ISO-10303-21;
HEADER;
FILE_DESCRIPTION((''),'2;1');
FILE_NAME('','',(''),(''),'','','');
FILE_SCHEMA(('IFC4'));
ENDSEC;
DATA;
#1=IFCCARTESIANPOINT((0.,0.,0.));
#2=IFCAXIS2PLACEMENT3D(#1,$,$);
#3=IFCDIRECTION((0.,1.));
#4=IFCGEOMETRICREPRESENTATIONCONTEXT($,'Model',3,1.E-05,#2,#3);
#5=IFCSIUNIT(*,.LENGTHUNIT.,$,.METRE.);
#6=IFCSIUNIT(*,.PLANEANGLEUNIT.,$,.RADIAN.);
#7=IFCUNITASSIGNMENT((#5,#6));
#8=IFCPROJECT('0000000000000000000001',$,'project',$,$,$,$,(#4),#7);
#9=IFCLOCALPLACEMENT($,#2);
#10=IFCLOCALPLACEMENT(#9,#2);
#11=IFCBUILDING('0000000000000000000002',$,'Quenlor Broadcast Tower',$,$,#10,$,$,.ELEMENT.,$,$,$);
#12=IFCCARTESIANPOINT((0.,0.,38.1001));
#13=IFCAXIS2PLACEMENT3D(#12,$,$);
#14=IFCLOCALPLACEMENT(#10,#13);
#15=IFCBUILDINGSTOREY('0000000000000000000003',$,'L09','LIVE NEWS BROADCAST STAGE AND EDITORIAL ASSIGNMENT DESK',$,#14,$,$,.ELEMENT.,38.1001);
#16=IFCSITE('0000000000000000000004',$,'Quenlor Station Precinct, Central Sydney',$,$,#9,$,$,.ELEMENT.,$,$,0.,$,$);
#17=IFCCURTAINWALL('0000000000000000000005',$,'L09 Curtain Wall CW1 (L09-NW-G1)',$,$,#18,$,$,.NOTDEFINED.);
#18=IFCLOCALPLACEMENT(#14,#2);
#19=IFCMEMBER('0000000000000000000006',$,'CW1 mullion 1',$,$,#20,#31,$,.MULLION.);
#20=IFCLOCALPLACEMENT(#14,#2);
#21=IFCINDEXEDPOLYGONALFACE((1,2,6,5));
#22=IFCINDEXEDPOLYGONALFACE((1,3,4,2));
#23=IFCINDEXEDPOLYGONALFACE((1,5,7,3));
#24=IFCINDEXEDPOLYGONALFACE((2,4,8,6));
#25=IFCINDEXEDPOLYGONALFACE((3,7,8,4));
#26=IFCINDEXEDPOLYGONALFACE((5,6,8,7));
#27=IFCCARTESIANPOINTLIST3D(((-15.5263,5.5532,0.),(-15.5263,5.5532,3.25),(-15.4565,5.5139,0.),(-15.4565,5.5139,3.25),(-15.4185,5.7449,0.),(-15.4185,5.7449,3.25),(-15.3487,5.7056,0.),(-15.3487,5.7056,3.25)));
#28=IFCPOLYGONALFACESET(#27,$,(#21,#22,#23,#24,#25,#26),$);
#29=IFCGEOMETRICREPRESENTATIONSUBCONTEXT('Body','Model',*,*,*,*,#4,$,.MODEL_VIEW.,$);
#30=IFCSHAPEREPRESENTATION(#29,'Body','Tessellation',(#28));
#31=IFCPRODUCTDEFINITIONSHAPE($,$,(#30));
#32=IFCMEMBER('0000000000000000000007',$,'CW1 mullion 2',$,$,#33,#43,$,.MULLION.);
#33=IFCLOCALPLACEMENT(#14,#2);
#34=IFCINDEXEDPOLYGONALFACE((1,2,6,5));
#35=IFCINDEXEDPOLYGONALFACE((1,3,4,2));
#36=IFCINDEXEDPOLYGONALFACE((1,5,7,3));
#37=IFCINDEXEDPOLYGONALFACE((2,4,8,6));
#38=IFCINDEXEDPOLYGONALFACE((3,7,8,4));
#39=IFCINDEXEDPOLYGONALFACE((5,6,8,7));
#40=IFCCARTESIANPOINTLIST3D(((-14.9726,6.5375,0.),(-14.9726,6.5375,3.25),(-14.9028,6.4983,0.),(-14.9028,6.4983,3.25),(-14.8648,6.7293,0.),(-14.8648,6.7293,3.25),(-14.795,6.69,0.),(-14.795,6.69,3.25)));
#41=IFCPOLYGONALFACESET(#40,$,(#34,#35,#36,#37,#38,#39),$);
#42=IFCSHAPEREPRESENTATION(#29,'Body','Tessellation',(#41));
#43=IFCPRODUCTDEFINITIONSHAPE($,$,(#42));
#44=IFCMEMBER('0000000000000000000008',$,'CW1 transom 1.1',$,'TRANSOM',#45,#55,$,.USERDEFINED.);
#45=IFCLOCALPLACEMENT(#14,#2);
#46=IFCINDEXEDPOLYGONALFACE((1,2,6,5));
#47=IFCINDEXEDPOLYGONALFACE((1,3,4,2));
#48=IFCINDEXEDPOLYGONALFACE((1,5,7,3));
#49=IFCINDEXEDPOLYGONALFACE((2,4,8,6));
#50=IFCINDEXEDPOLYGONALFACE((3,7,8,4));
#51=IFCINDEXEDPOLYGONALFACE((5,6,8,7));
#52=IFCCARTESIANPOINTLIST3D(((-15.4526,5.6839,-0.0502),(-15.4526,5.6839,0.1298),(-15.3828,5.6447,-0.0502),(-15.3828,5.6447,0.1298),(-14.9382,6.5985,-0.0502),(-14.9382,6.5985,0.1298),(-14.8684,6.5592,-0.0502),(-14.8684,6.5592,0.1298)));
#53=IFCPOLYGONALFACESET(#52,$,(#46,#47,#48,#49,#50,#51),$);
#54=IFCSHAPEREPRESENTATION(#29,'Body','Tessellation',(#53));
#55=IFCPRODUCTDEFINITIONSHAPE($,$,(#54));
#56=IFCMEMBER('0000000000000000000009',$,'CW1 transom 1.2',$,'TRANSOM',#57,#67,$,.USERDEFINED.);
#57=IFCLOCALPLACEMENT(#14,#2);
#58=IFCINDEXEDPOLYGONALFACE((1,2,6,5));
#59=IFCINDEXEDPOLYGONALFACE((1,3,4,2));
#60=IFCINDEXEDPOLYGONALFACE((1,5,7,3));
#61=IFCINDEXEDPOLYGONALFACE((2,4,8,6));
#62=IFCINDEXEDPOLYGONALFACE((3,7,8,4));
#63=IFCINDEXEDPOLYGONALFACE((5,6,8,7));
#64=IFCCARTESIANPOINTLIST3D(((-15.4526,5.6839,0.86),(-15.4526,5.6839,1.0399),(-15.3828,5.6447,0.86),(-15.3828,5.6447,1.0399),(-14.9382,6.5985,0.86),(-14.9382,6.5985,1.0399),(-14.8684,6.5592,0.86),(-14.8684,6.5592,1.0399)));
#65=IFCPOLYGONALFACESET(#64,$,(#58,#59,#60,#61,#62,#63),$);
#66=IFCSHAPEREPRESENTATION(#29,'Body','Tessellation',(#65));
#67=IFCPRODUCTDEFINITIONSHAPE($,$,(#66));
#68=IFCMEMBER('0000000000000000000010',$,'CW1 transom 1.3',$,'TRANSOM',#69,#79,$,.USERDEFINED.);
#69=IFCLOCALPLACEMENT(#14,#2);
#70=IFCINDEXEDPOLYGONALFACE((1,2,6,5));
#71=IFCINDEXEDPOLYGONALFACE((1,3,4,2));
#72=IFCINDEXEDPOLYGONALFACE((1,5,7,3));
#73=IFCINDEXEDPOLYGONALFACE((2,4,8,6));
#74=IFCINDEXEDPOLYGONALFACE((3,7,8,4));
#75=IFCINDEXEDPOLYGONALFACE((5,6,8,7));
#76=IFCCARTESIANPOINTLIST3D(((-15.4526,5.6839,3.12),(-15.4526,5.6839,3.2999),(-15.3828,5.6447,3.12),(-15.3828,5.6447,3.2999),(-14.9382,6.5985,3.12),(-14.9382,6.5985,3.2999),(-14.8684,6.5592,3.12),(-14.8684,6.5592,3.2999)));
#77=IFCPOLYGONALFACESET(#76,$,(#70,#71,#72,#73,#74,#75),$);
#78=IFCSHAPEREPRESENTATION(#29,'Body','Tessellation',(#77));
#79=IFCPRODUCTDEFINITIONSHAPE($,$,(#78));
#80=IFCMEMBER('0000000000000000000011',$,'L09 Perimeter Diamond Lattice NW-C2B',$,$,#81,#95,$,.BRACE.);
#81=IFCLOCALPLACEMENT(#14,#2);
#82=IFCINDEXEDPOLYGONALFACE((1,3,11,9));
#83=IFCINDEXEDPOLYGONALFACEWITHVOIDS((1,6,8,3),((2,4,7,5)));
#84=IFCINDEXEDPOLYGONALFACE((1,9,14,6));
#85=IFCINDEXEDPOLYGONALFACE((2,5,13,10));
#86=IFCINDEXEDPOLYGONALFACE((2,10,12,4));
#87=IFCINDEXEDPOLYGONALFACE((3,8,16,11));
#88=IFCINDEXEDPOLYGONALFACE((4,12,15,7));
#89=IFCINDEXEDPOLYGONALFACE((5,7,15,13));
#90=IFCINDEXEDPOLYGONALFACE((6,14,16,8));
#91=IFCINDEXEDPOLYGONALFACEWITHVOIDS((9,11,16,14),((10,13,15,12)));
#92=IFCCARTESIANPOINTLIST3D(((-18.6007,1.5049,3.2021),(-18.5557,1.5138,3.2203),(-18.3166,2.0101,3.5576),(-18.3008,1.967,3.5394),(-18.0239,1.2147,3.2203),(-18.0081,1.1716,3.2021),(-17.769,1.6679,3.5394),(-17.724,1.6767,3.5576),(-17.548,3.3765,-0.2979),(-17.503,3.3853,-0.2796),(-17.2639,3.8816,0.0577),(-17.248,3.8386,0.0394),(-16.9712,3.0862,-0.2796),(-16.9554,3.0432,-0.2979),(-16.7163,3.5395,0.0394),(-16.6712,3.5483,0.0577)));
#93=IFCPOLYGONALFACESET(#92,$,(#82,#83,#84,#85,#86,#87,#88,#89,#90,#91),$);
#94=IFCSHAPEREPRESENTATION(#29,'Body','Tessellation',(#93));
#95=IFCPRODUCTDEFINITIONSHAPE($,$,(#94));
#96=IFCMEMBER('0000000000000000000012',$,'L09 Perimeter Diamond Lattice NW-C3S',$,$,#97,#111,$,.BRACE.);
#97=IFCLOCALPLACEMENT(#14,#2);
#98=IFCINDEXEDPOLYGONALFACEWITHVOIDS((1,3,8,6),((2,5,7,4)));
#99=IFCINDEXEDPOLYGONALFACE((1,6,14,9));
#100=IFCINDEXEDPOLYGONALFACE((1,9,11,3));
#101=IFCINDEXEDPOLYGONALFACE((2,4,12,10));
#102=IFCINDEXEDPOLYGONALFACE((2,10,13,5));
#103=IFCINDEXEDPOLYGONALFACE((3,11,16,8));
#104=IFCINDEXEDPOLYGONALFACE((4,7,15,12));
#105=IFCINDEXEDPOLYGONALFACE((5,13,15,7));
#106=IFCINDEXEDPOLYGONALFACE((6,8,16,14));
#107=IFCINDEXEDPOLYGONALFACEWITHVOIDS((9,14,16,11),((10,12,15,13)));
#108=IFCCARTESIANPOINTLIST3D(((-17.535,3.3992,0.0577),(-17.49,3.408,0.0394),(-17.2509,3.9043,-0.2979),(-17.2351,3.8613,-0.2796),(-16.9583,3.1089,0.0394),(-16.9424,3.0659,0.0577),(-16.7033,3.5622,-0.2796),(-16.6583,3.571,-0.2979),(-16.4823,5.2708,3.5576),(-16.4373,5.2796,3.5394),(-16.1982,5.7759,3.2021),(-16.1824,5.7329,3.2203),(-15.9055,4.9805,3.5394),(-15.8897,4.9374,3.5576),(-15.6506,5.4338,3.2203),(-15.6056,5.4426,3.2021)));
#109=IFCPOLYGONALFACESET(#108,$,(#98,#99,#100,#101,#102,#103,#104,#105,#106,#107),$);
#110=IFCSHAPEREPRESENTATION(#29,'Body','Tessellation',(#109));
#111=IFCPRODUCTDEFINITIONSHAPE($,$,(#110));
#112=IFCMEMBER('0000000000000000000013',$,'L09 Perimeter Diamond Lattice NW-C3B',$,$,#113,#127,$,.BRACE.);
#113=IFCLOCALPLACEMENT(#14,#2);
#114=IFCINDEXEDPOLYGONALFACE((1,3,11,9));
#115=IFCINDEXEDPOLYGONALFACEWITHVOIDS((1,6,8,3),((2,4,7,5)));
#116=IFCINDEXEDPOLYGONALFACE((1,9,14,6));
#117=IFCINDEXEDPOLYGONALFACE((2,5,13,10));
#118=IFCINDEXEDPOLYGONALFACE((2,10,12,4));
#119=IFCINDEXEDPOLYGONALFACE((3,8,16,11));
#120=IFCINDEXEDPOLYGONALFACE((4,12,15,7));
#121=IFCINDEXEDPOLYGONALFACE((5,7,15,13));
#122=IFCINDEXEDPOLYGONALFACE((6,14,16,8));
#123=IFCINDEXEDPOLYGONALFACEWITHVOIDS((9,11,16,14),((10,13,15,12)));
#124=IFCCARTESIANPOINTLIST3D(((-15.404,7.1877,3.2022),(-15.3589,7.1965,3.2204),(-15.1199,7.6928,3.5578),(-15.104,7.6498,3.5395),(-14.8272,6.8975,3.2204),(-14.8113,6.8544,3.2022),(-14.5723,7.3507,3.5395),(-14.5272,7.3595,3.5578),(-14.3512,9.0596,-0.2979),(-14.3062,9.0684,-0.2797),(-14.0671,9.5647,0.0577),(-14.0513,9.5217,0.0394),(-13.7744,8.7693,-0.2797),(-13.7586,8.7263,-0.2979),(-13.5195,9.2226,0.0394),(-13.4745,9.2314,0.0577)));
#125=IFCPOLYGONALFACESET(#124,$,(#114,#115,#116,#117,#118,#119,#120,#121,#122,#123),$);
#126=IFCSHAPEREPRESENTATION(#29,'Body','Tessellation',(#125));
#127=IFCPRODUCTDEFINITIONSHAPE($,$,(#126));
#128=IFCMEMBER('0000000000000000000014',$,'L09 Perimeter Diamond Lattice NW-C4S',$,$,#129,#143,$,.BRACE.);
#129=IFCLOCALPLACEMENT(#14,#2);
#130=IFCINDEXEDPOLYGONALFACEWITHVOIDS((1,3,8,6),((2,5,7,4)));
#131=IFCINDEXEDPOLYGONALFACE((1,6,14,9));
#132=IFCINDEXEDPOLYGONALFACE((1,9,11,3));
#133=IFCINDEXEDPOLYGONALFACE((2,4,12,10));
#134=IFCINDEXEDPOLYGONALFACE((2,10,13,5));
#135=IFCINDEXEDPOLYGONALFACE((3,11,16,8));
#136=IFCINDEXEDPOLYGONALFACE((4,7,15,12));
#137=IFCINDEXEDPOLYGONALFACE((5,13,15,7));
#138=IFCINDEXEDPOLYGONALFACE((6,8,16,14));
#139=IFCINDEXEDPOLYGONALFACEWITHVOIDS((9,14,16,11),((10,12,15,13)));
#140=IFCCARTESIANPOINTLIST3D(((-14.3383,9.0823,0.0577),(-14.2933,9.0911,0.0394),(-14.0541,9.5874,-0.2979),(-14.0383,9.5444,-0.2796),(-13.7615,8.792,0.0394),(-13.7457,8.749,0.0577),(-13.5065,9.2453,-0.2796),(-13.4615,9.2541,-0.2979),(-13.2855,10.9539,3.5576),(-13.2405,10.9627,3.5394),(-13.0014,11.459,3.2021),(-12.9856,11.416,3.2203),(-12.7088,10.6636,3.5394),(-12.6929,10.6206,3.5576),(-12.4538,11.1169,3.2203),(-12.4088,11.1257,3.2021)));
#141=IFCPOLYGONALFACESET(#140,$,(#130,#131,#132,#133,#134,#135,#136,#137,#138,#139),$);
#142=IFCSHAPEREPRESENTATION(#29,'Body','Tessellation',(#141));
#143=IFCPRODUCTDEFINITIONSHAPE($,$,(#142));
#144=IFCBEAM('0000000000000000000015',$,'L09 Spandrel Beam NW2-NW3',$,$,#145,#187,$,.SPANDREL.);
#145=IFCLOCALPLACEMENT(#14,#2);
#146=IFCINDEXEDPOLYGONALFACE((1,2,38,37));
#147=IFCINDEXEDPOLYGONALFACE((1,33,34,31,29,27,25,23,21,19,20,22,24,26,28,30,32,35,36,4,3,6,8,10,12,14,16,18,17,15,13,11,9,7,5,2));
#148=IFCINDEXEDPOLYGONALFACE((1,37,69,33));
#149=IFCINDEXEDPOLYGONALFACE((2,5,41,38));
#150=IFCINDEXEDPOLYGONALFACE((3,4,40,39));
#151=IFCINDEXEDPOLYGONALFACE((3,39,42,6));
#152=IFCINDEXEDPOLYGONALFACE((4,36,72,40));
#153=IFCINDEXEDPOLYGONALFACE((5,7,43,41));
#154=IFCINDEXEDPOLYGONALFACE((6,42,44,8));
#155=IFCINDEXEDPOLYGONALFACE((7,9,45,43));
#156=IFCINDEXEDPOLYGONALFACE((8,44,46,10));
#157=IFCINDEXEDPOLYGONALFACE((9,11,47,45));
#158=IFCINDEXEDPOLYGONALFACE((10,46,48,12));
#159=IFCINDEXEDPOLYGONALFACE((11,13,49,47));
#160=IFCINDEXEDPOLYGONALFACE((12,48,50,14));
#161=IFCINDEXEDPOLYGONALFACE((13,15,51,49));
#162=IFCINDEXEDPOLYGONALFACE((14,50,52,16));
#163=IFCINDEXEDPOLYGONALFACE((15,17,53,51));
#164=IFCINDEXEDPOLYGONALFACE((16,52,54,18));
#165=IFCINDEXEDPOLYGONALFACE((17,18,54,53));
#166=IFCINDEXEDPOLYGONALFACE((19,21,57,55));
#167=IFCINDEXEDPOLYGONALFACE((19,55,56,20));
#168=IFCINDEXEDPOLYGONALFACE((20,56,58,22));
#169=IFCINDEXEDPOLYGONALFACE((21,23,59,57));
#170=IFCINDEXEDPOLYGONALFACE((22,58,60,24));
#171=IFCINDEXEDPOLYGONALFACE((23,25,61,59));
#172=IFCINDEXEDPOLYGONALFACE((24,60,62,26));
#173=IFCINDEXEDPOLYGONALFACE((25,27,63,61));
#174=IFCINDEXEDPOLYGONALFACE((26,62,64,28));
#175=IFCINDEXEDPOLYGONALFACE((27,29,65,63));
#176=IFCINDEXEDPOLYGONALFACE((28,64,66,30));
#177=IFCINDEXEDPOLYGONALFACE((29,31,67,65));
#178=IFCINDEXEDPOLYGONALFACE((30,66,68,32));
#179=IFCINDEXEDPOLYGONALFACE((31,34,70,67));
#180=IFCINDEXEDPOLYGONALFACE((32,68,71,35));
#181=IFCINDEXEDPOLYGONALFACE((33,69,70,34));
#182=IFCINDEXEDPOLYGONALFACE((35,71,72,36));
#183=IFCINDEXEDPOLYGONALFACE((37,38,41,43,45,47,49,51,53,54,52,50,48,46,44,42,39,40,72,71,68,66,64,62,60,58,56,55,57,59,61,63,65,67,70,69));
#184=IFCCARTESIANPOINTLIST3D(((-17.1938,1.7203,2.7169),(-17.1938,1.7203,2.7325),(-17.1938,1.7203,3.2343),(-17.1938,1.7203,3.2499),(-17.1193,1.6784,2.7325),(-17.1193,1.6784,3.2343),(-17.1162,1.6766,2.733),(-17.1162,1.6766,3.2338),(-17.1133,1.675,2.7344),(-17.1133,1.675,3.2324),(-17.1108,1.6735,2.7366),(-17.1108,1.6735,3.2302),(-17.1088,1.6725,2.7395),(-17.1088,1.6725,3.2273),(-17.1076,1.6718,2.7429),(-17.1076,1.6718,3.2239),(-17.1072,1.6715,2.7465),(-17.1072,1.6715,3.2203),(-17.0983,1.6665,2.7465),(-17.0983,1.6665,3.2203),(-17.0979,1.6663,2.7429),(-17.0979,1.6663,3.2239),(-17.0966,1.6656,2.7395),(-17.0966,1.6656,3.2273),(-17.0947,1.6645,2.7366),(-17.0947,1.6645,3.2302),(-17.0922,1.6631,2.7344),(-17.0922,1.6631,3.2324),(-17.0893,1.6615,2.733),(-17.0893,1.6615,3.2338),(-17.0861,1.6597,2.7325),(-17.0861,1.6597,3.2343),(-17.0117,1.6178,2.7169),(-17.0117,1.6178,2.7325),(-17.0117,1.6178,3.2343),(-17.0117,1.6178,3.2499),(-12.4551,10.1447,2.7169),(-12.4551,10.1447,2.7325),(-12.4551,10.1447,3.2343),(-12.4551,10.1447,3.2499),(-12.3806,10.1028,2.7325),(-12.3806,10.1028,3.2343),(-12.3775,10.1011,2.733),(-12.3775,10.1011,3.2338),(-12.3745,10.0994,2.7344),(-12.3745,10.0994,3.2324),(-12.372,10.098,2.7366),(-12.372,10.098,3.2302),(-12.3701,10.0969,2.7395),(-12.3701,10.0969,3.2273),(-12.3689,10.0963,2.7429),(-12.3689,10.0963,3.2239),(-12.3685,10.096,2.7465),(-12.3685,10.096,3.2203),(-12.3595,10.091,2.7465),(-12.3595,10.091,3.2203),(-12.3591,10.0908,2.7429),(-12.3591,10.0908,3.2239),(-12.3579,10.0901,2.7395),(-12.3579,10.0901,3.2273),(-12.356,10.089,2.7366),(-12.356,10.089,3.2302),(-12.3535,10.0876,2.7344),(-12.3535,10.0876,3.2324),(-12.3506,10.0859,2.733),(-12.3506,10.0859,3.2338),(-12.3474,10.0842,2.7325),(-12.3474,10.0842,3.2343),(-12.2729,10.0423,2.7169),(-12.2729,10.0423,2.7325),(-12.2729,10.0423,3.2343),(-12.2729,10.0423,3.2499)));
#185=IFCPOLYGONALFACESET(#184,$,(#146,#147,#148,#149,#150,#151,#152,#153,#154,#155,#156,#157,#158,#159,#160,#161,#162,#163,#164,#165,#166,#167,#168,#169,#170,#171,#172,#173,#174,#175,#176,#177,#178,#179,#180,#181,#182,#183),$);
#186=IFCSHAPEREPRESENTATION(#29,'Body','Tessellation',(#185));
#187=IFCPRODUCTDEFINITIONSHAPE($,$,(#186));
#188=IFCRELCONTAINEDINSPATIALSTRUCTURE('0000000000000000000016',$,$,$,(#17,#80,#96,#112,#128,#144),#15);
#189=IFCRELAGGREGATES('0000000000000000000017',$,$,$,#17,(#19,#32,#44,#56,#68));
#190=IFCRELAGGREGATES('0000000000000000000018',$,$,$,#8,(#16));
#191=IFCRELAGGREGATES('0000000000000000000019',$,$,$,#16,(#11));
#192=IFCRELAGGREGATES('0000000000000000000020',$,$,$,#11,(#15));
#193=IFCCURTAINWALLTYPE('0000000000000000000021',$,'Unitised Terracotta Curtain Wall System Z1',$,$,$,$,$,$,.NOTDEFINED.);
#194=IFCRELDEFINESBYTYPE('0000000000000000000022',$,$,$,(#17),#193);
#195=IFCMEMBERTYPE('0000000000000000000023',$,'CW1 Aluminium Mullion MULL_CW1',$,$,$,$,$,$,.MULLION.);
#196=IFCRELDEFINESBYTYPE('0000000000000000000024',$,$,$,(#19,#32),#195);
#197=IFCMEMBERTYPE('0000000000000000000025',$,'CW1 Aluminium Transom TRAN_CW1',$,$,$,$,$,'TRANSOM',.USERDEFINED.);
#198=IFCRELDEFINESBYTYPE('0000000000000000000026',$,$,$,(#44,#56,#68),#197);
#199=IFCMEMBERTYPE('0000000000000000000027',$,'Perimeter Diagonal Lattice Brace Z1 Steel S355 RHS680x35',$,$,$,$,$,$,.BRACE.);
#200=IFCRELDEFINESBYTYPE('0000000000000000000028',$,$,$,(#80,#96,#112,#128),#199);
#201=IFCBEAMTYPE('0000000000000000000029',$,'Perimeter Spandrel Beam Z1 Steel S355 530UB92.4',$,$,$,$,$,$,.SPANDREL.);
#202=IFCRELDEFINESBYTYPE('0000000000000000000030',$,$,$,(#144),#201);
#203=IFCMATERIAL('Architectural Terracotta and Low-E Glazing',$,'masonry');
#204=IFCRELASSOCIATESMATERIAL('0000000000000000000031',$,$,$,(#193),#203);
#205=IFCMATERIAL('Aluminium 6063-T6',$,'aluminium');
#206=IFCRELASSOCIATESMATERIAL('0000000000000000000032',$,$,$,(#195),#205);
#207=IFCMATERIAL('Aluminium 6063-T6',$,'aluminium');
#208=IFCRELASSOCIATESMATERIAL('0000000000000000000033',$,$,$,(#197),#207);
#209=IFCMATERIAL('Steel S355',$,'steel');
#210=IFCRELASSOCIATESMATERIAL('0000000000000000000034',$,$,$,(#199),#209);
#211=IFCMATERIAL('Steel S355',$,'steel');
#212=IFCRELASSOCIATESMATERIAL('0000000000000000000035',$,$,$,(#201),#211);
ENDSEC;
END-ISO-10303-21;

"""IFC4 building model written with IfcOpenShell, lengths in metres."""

from ifc_helpers import new_model, si_unit, direction, frame, origin, origin_2d, place, context, subcontext, project, spatial, rectangle, hollow_rectangle, i_section, extrude, material, material_profile, profile_set, type_object, element, aggregate, save


model = new_model("IFC4")

# Units and contexts
model_context = context("Model", 3, precision=1e-05, world=origin(), true_north=direction((0.0, 1.0)))
body_context = subcontext(model_context, "Body", "Model", "MODEL_VIEW")
ifc_project = project(units=[si_unit("LENGTHUNIT", "METRE"), si_unit("PLANEANGLEUNIT", "RADIAN")], contexts=[model_context])

# Site, building, storey
site_placement = place(None, origin())
site = spatial("IfcSite", under=ifc_project, at=site_placement, Name="Quenlor Station Precinct, Central Sydney", CompositionType="ELEMENT", RefElevation=0.0)
building_placement = place(site_placement, origin())
building = spatial("IfcBuilding", under=site, at=building_placement, Name="Quenlor Broadcast Tower", CompositionType="ELEMENT")
storey_placement = place(building_placement, frame((0.0, 0.0, 38.1001)))
storey = spatial("IfcBuildingStorey", under=building, at=storey_placement, Name="L09", Description="LIVE NEWS BROADCAST STAGE AND EDITORIAL ASSIGNMENT DESK", CompositionType="ELEMENT", Elevation=38.1001)

# Curtain wall, members
ifc_material_1 = material(Name="Architectural Terracotta and Low-E Glazing", Category="masonry")
curtain_wall_type = type_object("IfcCurtainWallType", Name="Unitised Terracotta Curtain Wall System Z1", PredefinedType="NOTDEFINED", material=ifc_material_1)
curtain_wall_placement = place(storey_placement, origin())
curtain_wall = element("IfcCurtainWall", 1, at=curtain_wall_placement, inside=storey, type_object=curtain_wall_type, Name="L09 Curtain Wall CW1 (L09-NW-G1)", PredefinedType="NOTDEFINED")
ifc_material_2 = material(Name="Aluminium 6063-T6", Category="aluminium")
ifc_material_profile_1 = material_profile(ifc_material_2, rectangle(XDim=0.0801, YDim=0.22, at=origin_2d()))
ifc_profile_set_1 = profile_set([ifc_material_profile_1], Name="Aluminium 6063-T6 MULL80x220")
member_type_1 = type_object("IfcMemberType", Name="CW1 Aluminium Mullion MULL_CW1", PredefinedType="MULLION", material=ifc_profile_set_1)
member_1_placement = place(storey_placement, frame((-15.4375, 5.6294, 0.0), z_axis=(0.0, 0.0, 1.0), x_axis=(-0.871567, 0.490277, 0.0)))
member_1 = element("IfcMember", 2, at=member_1_placement, type_object=member_type_1, Name="CW1 mullion 1", PredefinedType="MULLION", context=body_context, shape_type="SweptSolid", body=[
    extrude(rectangle(XDim=0.0801, YDim=0.22, at=origin_2d()), origin(), (0.0, 0.0, 1.0), 3.25),
])
member_2_placement = place(storey_placement, frame((-14.8838, 6.6138, 0.0), z_axis=(0.0, 0.0, 1.0), x_axis=(-0.871567, 0.490277, 0.0)))
member_2 = element("IfcMember", 3, at=member_2_placement, type_object=member_type_1, Name="CW1 mullion 2", PredefinedType="MULLION", context=body_context, shape_type="SweptSolid", body=[
    extrude(rectangle(XDim=0.0801, YDim=0.22, at=origin_2d()), origin(), (0.0, 0.0, 1.0), 3.25),
])
ifc_material_3 = material(Name="Aluminium 6063-T6", Category="aluminium")
ifc_material_profile_2 = material_profile(ifc_material_3, rectangle(XDim=0.0801, YDim=0.1799, at=origin_2d()))
ifc_profile_set_2 = profile_set([ifc_material_profile_2], Name="Aluminium 6063-T6 TRAN80x180")
member_type_2 = type_object("IfcMemberType", Name="CW1 Aluminium Transom TRAN_CW1", ElementType="TRANSOM", PredefinedType="USERDEFINED", material=ifc_profile_set_2)
member_3_placement = place(storey_placement, frame((-15.4177, 5.6643, 0.0398), z_axis=(0.490239, 0.871588, 0.0), x_axis=(-0.871588, 0.490239, 0.0)))
member_3 = element("IfcMember", 4, at=member_3_placement, type_object=member_type_2, Name="CW1 transom 1.1", ObjectType="TRANSOM", PredefinedType="USERDEFINED", context=body_context, shape_type="SweptSolid", body=[
    extrude(rectangle(XDim=0.0801, YDim=0.1799, at=origin_2d()), origin(), (0.0, 0.0, 1.0), 1.0493),
])
member_4_placement = place(storey_placement, frame((-15.4177, 5.6643, 0.95), z_axis=(0.490239, 0.871588, 0.0), x_axis=(-0.871588, 0.490239, 0.0)))
member_4 = element("IfcMember", 5, at=member_4_placement, type_object=member_type_2, Name="CW1 transom 1.2", ObjectType="TRANSOM", PredefinedType="USERDEFINED", context=body_context, shape_type="SweptSolid", body=[
    extrude(rectangle(XDim=0.0801, YDim=0.1799, at=origin_2d()), origin(), (0.0, 0.0, 1.0), 1.0493),
])
member_5_placement = place(storey_placement, frame((-15.4177, 5.6643, 3.21), z_axis=(0.490239, 0.871588, 0.0), x_axis=(-0.871588, 0.490239, 0.0)))
member_5 = element("IfcMember", 6, at=member_5_placement, type_object=member_type_2, Name="CW1 transom 1.3", ObjectType="TRANSOM", PredefinedType="USERDEFINED", context=body_context, shape_type="SweptSolid", body=[
    extrude(rectangle(XDim=0.0801, YDim=0.1799, at=origin_2d()), origin(), (0.0, 0.0, 1.0), 1.0493),
])

# Members
ifc_material_4 = material(Name="Steel S355", Category="steel")
ifc_material_profile_3 = material_profile(ifc_material_4, hollow_rectangle(XDim=0.6799, YDim=0.6799, WallThickness=0.0349, at=origin_2d()))
ifc_profile_set_3 = profile_set([ifc_material_profile_3], Name="Steel S355 RHS680x680x35")
member_type_3 = type_object("IfcMemberType", Name="Perimeter Diagonal Lattice Brace Z1 Steel S355 RHS680x35", PredefinedType="BRACE", material=ifc_profile_set_3)
for number, where, z_axis, x_axis, name in (
    (7, (-17.1096, 3.4624, -0.1201), (-0.256375, -0.455792, 0.852365), (0.871582, -0.49025, 0.0), "L09 Perimeter Diamond Lattice NW-C2B"),
    (8, (-17.0967, 3.4851, -0.1201), (0.256375, 0.455792, 0.852365), (-0.871582, 0.49025, 0.0), "L09 Perimeter Diamond Lattice NW-C3S"),
):
    element("IfcMember", number, at=place(storey_placement, frame(where, z_axis=z_axis, x_axis=x_axis)), inside=storey, type_object=member_type_3, Name=name, PredefinedType="BRACE", context=body_context, shape_type="SweptSolid", body=[
        extrude(hollow_rectangle(XDim=0.6799, YDim=0.6799, WallThickness=0.0349, at=origin_2d()), origin(), (0.0, 0.0, 1.0), 4.1062),
    ])
member_6_placement = place(storey_placement, frame((-13.9128, 9.1455, -0.1201), z_axis=(-0.256368, -0.455839, 0.852342), x_axis=(0.871609, -0.490202, 0.0)))
element("IfcMember", 9, at=member_6_placement, inside=storey, type_object=member_type_3, Name="L09 Perimeter Diamond Lattice NW-C3B", PredefinedType="BRACE", context=body_context, shape_type="SweptSolid", body=[
    extrude(hollow_rectangle(XDim=0.6799, YDim=0.6799, WallThickness=0.0349, at=origin_2d()), origin(), (0.0, 0.0, 1.0), 4.1064),
])
member_7_placement = place(storey_placement, frame((-13.8999, 9.1682, -0.1201), z_axis=(0.256375, 0.455792, 0.852365), x_axis=(-0.871582, 0.49025, 0.0)))
element("IfcMember", 10, at=member_7_placement, inside=storey, type_object=member_type_3, Name="L09 Perimeter Diamond Lattice NW-C4S", PredefinedType="BRACE", context=body_context, shape_type="SweptSolid", body=[
    extrude(hollow_rectangle(XDim=0.6799, YDim=0.6799, WallThickness=0.0349, at=origin_2d()), origin(), (0.0, 0.0, 1.0), 4.1062),
])

# Beam
ifc_material_5 = material(Name="Steel S355", Category="steel")
ifc_material_profile_4 = material_profile(ifc_material_5, i_section(OverallWidth=0.209, OverallDepth=0.533, WebThickness=0.0103, FlangeThickness=0.0156, FilletRadius=0.0139, at=origin_2d()))
ifc_profile_set_4 = profile_set([ifc_material_profile_4], Name="Steel S355 530UB92.4")
beam_type_1 = type_object("IfcBeamType", Name="Perimeter Spandrel Beam Z1 Steel S355 530UB92.4", PredefinedType="SPANDREL", material=ifc_profile_set_4)
beam_1_placement = place(storey_placement, frame((-12.364, 10.0935, 2.9834), z_axis=(-0.490258, -0.871578, 0.0), x_axis=(0.871578, -0.490258, 0.0)))
element("IfcBeam", 11, at=beam_1_placement, inside=storey, type_object=beam_type_1, Name="L09 Spandrel Beam NW2-NW3", PredefinedType="SPANDREL", context=body_context, shape_type="SweptSolid", body=[
    extrude(i_section(OverallWidth=0.209, OverallDepth=0.533, WebThickness=0.0103, FlangeThickness=0.0156, FilletRadius=0.0139, at=origin_2d()), origin(), (0.0, 0.0, 1.0), 9.6658),
])

aggregate(curtain_wall, [member_1, member_2, member_3, member_4, member_5])

save(model, "model.ifc")
